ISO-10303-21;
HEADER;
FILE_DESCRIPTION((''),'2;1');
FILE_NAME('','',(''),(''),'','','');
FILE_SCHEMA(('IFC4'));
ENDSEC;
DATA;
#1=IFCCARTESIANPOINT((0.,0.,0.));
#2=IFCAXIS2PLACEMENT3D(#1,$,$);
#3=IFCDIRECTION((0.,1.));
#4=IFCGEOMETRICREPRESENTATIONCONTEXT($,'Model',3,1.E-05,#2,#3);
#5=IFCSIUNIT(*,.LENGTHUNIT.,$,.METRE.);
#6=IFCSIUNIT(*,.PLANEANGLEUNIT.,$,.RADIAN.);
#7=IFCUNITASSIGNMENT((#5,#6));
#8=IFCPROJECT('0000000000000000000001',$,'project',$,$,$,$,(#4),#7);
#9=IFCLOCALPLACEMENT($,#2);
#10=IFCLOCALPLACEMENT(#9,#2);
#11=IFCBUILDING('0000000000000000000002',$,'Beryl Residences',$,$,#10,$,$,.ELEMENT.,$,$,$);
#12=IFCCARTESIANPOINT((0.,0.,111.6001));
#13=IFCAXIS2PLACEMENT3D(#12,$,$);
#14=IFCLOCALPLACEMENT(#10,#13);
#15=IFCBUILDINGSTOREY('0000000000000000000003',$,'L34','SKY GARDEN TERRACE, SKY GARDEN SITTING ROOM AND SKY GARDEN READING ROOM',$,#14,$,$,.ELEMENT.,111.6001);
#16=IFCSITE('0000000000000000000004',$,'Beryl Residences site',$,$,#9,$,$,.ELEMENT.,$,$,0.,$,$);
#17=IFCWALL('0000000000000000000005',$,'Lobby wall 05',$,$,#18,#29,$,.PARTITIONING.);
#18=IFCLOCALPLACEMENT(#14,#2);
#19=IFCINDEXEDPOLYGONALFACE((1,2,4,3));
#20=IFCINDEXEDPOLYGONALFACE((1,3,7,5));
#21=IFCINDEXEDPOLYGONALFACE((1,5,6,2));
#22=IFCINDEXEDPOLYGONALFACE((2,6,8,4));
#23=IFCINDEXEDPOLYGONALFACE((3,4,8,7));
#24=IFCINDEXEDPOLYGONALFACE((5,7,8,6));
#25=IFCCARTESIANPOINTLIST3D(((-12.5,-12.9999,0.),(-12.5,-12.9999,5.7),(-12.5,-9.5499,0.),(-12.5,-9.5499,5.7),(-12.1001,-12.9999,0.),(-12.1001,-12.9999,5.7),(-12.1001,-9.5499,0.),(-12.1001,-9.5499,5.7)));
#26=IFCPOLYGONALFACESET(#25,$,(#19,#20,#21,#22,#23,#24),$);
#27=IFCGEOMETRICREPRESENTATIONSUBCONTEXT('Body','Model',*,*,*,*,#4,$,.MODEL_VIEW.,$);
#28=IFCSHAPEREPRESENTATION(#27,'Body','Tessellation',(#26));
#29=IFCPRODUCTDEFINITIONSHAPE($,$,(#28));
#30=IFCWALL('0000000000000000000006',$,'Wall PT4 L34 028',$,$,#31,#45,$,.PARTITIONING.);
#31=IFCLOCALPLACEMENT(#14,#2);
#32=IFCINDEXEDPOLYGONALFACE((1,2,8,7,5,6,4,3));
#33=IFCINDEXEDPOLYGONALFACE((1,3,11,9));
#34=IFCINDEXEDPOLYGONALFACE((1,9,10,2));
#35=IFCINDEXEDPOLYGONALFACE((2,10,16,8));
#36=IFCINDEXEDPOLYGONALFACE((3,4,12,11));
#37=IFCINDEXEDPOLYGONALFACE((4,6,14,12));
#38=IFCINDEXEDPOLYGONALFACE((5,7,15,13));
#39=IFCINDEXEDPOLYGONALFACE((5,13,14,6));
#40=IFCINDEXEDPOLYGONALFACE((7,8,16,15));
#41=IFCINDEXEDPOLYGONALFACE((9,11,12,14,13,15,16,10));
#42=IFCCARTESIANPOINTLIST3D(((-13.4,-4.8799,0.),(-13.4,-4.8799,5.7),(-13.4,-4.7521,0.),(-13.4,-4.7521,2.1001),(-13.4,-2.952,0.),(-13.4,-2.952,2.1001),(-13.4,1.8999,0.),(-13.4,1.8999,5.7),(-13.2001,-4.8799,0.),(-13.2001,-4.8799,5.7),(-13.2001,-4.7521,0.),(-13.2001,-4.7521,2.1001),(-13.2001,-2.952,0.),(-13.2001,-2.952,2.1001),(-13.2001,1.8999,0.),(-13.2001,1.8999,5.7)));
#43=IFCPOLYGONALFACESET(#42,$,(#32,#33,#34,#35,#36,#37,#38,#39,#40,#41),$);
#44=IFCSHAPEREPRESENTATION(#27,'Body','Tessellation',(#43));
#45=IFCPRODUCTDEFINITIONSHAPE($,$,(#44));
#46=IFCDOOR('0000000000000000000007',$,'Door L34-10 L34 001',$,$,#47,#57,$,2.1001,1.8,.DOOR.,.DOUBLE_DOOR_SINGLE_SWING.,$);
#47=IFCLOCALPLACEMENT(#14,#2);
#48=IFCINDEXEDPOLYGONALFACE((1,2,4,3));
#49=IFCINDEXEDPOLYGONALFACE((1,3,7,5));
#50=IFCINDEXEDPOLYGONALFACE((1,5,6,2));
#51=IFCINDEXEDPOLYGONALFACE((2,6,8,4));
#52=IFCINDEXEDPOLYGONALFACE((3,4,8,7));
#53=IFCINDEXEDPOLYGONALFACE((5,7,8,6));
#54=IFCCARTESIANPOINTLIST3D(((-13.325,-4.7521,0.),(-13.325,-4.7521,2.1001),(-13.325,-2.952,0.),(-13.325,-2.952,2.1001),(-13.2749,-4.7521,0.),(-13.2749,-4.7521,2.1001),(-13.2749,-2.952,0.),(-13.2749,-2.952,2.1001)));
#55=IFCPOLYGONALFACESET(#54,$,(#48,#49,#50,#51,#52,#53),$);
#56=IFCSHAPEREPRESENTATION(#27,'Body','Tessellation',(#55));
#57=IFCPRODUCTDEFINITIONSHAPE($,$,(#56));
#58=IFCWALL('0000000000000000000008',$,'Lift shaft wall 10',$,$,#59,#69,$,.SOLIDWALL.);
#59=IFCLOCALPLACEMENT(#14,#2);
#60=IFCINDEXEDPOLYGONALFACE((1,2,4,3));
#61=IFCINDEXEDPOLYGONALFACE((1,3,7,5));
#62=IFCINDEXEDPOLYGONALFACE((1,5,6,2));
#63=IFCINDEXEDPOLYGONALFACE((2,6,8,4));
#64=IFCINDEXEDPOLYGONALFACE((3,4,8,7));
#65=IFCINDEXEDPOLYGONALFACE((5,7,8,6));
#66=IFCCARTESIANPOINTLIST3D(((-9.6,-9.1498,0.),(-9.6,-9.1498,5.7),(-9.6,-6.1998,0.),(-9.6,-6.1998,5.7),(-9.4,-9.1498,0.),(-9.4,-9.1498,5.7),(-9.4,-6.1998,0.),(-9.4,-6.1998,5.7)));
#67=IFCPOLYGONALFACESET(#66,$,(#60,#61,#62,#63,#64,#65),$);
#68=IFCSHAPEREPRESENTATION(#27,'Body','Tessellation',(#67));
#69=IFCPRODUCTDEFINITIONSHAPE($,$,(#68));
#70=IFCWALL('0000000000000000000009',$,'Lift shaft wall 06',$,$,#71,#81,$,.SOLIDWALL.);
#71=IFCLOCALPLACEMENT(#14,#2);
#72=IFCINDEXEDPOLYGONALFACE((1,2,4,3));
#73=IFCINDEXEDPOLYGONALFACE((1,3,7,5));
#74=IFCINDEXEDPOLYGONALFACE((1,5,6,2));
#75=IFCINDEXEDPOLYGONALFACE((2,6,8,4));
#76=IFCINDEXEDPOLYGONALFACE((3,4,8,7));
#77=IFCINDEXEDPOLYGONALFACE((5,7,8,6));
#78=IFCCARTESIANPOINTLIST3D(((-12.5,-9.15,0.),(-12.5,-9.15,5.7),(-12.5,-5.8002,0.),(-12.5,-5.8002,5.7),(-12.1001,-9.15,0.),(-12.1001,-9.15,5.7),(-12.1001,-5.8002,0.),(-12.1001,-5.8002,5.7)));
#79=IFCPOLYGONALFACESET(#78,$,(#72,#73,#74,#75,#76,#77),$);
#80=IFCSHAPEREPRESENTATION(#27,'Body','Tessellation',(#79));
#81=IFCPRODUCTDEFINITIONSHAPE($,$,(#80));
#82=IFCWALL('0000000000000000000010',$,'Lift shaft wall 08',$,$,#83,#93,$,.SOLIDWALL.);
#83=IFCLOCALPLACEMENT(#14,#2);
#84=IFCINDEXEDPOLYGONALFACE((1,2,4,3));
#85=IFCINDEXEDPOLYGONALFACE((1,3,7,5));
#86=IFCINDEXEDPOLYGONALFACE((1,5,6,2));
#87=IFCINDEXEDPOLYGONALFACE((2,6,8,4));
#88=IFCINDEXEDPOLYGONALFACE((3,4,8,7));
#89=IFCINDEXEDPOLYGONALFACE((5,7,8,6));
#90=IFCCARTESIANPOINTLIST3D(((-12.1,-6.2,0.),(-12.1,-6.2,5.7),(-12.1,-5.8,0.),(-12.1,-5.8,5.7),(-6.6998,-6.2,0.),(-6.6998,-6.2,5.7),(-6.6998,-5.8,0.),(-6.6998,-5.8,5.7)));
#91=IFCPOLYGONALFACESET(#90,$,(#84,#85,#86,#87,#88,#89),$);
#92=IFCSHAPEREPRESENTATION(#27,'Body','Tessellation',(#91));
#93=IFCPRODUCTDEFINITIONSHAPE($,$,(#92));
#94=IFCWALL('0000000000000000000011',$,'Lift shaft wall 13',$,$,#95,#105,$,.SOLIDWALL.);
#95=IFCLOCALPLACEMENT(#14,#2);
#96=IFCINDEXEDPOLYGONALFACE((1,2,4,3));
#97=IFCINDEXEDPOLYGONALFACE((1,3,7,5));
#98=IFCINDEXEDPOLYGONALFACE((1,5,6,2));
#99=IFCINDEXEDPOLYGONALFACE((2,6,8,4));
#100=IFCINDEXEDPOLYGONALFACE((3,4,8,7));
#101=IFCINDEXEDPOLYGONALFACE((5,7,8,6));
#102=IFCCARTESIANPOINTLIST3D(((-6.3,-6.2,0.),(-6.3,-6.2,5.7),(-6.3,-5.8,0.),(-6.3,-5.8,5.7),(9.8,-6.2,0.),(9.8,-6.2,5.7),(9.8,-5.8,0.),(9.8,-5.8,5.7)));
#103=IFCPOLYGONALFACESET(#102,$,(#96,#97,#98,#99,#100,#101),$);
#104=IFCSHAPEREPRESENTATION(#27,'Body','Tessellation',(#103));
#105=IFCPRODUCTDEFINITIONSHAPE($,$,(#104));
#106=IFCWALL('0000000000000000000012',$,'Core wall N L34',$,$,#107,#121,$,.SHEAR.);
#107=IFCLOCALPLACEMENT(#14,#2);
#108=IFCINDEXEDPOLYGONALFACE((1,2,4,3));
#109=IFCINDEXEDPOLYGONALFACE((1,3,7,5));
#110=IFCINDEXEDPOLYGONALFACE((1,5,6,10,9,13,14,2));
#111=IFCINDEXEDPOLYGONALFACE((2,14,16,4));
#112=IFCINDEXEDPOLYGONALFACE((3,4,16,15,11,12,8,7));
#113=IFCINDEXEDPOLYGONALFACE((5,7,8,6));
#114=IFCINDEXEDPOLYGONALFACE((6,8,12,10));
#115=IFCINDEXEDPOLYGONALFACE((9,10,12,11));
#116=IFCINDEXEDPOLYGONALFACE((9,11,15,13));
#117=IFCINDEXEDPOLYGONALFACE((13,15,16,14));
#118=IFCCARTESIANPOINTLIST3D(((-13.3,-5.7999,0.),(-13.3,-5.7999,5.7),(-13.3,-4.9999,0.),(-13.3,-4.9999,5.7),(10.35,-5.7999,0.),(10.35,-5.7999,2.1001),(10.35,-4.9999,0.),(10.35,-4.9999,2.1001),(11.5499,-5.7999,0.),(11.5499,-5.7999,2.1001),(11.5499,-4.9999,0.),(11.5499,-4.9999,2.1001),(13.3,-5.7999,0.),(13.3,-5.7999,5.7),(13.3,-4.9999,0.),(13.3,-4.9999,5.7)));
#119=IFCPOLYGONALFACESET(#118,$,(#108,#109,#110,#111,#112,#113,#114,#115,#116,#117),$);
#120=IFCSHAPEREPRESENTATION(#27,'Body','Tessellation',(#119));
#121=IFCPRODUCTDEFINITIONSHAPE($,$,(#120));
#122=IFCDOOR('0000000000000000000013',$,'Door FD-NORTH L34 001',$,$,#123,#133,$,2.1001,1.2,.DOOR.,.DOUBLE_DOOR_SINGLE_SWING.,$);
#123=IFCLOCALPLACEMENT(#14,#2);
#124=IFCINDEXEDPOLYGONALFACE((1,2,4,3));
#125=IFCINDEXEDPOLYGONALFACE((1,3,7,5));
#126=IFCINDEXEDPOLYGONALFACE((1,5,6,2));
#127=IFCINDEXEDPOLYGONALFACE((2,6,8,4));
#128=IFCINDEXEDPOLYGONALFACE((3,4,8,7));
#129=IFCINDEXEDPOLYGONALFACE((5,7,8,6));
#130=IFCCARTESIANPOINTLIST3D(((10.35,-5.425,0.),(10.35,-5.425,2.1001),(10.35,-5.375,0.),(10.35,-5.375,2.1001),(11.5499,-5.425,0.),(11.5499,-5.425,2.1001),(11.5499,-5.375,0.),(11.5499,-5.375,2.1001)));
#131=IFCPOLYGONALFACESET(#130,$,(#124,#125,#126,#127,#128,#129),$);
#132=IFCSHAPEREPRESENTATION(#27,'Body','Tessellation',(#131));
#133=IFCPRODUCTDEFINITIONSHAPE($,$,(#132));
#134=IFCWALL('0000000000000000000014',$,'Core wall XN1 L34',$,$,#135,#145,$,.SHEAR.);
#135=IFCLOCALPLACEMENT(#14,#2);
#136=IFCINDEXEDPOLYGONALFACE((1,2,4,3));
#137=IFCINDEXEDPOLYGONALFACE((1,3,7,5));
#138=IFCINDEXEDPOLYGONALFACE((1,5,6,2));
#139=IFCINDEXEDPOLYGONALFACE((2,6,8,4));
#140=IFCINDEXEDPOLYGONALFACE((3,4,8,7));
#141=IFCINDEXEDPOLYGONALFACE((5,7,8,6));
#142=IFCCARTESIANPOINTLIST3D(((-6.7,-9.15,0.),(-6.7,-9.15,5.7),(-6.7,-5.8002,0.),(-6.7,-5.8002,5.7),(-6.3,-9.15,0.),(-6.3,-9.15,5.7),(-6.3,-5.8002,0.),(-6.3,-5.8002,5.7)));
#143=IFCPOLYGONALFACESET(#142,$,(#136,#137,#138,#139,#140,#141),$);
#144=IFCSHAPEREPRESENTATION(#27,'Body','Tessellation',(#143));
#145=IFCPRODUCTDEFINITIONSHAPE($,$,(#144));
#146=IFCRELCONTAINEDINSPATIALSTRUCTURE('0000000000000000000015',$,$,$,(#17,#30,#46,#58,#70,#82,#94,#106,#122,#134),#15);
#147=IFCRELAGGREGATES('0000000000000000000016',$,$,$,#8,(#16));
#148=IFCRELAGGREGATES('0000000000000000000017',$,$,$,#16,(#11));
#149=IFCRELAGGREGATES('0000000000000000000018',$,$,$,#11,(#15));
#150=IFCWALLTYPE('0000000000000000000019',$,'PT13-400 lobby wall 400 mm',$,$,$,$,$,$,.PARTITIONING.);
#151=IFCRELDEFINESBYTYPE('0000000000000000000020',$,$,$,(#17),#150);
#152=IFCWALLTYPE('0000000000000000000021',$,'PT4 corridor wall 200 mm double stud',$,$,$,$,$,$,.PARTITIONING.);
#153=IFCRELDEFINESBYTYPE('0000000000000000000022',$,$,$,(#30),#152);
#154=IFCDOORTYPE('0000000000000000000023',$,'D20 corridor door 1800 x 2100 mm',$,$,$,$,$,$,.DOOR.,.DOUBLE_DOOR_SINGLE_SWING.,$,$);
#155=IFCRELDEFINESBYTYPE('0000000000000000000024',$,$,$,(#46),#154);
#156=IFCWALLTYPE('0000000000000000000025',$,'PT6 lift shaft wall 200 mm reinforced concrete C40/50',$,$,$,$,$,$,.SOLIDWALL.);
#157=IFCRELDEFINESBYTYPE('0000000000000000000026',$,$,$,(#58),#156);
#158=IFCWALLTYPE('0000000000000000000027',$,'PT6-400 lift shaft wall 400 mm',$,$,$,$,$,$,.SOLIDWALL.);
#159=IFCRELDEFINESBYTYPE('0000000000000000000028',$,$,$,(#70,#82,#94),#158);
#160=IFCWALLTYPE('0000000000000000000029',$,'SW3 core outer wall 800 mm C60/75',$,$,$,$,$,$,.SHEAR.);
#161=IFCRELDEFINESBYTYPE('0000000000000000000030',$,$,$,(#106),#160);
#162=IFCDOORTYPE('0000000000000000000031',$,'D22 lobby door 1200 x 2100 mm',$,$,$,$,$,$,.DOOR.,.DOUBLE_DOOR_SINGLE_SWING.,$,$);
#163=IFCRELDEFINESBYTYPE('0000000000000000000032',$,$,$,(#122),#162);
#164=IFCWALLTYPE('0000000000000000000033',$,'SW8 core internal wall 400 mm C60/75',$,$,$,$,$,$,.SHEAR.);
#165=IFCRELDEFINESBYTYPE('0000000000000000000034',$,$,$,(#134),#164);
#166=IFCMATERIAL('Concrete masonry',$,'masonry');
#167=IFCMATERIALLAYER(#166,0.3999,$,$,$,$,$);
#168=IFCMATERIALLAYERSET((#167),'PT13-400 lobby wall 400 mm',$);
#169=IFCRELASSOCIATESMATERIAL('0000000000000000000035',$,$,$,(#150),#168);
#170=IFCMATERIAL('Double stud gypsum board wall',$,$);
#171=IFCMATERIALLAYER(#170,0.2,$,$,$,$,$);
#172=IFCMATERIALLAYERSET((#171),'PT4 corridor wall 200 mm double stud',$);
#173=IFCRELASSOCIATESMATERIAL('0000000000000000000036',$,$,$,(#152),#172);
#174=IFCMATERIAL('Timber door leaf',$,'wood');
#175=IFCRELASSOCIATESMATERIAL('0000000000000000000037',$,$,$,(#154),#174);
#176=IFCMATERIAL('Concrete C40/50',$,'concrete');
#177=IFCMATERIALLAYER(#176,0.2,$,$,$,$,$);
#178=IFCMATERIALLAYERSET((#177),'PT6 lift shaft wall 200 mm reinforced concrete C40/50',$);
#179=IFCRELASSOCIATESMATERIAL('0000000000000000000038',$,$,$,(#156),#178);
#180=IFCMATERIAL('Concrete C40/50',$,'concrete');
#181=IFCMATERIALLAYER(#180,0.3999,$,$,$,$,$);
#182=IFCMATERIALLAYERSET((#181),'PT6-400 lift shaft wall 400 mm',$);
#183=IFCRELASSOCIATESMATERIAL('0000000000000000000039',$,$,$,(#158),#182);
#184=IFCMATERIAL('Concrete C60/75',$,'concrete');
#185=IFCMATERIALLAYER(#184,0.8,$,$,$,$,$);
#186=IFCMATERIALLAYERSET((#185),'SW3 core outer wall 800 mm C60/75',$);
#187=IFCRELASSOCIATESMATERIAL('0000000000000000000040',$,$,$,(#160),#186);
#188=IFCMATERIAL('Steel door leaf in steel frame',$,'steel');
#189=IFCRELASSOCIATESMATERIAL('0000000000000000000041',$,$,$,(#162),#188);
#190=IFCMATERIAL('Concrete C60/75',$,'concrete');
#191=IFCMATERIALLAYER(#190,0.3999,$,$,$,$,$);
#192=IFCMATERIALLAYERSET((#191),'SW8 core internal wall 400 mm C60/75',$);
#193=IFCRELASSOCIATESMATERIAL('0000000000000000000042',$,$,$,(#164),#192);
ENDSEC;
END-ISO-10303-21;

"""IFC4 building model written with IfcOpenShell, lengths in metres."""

from ifc_helpers import new_model, si_unit, direction, frame, frame_2d, origin, place, context, subcontext, project, spatial, rectangle, extrude, material, layer, layer_set, type_object, element, fill, save


model = new_model("IFC4")

# Units and contexts
model_context = context("Model", 3, precision=1e-05, world=origin(), true_north=direction((0.0, 1.0)))
body_context = subcontext(model_context, "Body", "Model", "MODEL_VIEW")
ifc_project = project(units=[si_unit("LENGTHUNIT", "METRE"), si_unit("PLANEANGLEUNIT", "RADIAN")], contexts=[model_context])

# Site, building, storey
site_placement = place(None, origin())
site = spatial("IfcSite", under=ifc_project, at=site_placement, Name="Beryl Residences site", CompositionType="ELEMENT", RefElevation=0.0)
building_placement = place(site_placement, origin())
building = spatial("IfcBuilding", under=site, at=building_placement, Name="Beryl Residences", CompositionType="ELEMENT")
storey_placement = place(building_placement, frame((0.0, 0.0, 111.6001)))
storey = spatial("IfcBuildingStorey", under=building, at=storey_placement, Name="L34", Description="SKY GARDEN TERRACE, SKY GARDEN SITTING ROOM AND SKY GARDEN READING ROOM", CompositionType="ELEMENT", Elevation=111.6001)

# Wall
ifc_material_1 = material(Name="Concrete masonry", Category="masonry")
ifc_layer_1 = layer(ifc_material_1, 0.3999)
ifc_layer_set_1 = layer_set([ifc_layer_1], Name="PT13-400 lobby wall 400 mm")
wall_type_1 = type_object("IfcWallType", Name="PT13-400 lobby wall 400 mm", PredefinedType="PARTITIONING", material=ifc_layer_set_1)
wall_1_placement = place(storey_placement, frame((-12.3, -13.0, 0.0), z_axis=(0.0, 0.0, 1.0), x_axis=(0.0, 1.0, 0.0)))
element("IfcWall", 1, at=wall_1_placement, inside=storey, type_object=wall_type_1, Name="Lobby wall 05", PredefinedType="PARTITIONING", context=body_context, shape_type="SweptSolid", body=[
    extrude(rectangle(XDim=3.45, YDim=0.3999, at=frame_2d((1.7251, 0.0))), origin(), (0.0, 0.0, 1.0), 5.7),
])

# Wall, opening, door
ifc_material_2 = material(Name="Double stud gypsum board wall")
ifc_layer_2 = layer(ifc_material_2, 0.2)
ifc_layer_set_2 = layer_set([ifc_layer_2], Name="PT4 corridor wall 200 mm double stud")
wall_type_2 = type_object("IfcWallType", Name="PT4 corridor wall 200 mm double stud", PredefinedType="PARTITIONING", material=ifc_layer_set_2)
wall_2_placement = place(storey_placement, frame((-13.3, -4.8799, 0.0), z_axis=(0.0, 0.0, 1.0), x_axis=(0.0, 1.0, 0.0)))
wall_2 = element("IfcWall", 2, at=wall_2_placement, inside=storey, type_object=wall_type_2, Name="Wall PT4 L34 028", PredefinedType="PARTITIONING", context=body_context, shape_type="SweptSolid", body=[
    extrude(rectangle(XDim=6.7798, YDim=0.2, at=frame_2d((3.3899, 0.0))), origin(), (0.0, 0.0, 1.0), 5.7),
])
opening_1_placement = place(wall_2_placement, frame((0.1279, 0.0, 0.0)))
opening_1 = element("IfcOpeningElement", 3, at=opening_1_placement, cuts=wall_2, PredefinedType="OPENING", context=body_context, shape_type="SweptSolid", body=[
    extrude(rectangle(XDim=1.8, YDim=2.1001, at=frame_2d((0.8999, 1.05))), frame((0.0, 0.1099, 0.0), z_axis=(0.0, -1.0, 0.0), x_axis=(1.0, 0.0, 0.0)), (0.0, 0.0, 1.0), 0.22),
])
ifc_material_3 = material(Name="Timber door leaf", Category="wood")
door_type_1 = type_object("IfcDoorType", Name="D20 corridor door 1800 x 2100 mm", OperationType="DOUBLE_DOOR_SINGLE_SWING", PredefinedType="DOOR", material=ifc_material_3)
door_1_placement = place(opening_1_placement, origin())
door_1 = element("IfcDoor", 4, at=door_1_placement, inside=storey, type_object=door_type_1, Name="Door L34-10 L34 001", OperationType="DOUBLE_DOOR_SINGLE_SWING", OverallHeight=2.1001, OverallWidth=1.8, PredefinedType="DOOR", context=body_context, shape_type="SweptSolid", body=[
    extrude(rectangle(XDim=1.8, YDim=2.1001, at=frame_2d((0.8999, 1.05))), frame((0.0, 0.0249, 0.0), z_axis=(0.0, -1.0, 0.0), x_axis=(1.0, 0.0, 0.0)), (0.0, 0.0, 1.0), 0.05),
])
fill(opening_1, door_1)

# Walls
ifc_material_4 = material(Name="Concrete C40/50", Category="concrete")
ifc_layer_3 = layer(ifc_material_4, 0.2)
ifc_layer_set_3 = layer_set([ifc_layer_3], Name="PT6 lift shaft wall 200 mm reinforced concrete C40/50")
wall_type_3 = type_object("IfcWallType", Name="PT6 lift shaft wall 200 mm reinforced concrete C40/50", PredefinedType="SOLIDWALL", material=ifc_layer_set_3)
wall_3_placement = place(storey_placement, frame((-9.5, -9.1499, 0.0), z_axis=(0.0, 0.0, 1.0), x_axis=(0.0, 1.0, 0.0)))
element("IfcWall", 5, at=wall_3_placement, inside=storey, type_object=wall_type_3, Name="Lift shaft wall 10", PredefinedType="SOLIDWALL", context=body_context, shape_type="SweptSolid", body=[
    extrude(rectangle(XDim=2.95, YDim=0.2, at=frame_2d((1.4751, 0.0))), origin(), (0.0, 0.0, 1.0), 5.7),
])
ifc_material_5 = material(Name="Concrete C40/50", Category="concrete")
ifc_layer_4 = layer(ifc_material_5, 0.3999)
ifc_layer_set_4 = layer_set([ifc_layer_4], Name="PT6-400 lift shaft wall 400 mm")
wall_type_4 = type_object("IfcWallType", Name="PT6-400 lift shaft wall 400 mm", PredefinedType="SOLIDWALL", material=ifc_layer_set_4)
wall_4_placement = place(storey_placement, frame((-12.3, -9.1499, 0.0), z_axis=(0.0, 0.0, 1.0), x_axis=(0.0, 1.0, 0.0)))
element("IfcWall", 6, at=wall_4_placement, inside=storey, type_object=wall_type_4, Name="Lift shaft wall 06", PredefinedType="SOLIDWALL", context=body_context, shape_type="SweptSolid", body=[
    extrude(rectangle(XDim=3.3499, YDim=0.3999, at=frame_2d((1.6748, 0.0))), origin(), (0.0, 0.0, 1.0), 5.7),
])
wall_5_placement = place(storey_placement, frame((-12.1001, -6.0, 0.0), z_axis=(0.0, 0.0, 1.0), x_axis=(1.0, 0.0, 0.0)))
element("IfcWall", 7, at=wall_5_placement, inside=storey, type_object=wall_type_4, Name="Lift shaft wall 08", PredefinedType="SOLIDWALL", context=body_context, shape_type="SweptSolid", body=[
    extrude(rectangle(XDim=5.4001, YDim=0.3999, at=frame_2d((2.7002, 0.0))), origin(), (0.0, 0.0, 1.0), 5.7),
])
wall_6_placement = place(storey_placement, frame((-6.3, -6.0, 0.0), z_axis=(0.0, 0.0, 1.0), x_axis=(1.0, 0.0, 0.0)))
element("IfcWall", 8, at=wall_6_placement, inside=storey, type_object=wall_type_4, Name="Lift shaft wall 13", PredefinedType="SOLIDWALL", context=body_context, shape_type="SweptSolid", body=[
    extrude(rectangle(XDim=16.1001, YDim=0.3999, at=frame_2d((8.05, 0.0))), origin(), (0.0, 0.0, 1.0), 5.7),
])

# Wall, opening, door
ifc_material_6 = material(Name="Concrete C60/75", Category="concrete")
ifc_layer_5 = layer(ifc_material_6, 0.8)
ifc_layer_set_5 = layer_set([ifc_layer_5], Name="SW3 core outer wall 800 mm C60/75")
wall_type_5 = type_object("IfcWallType", Name="SW3 core outer wall 800 mm C60/75", PredefinedType="SHEAR", material=ifc_layer_set_5)
wall_7_placement = place(storey_placement, frame((-13.3, -5.3999, 0.0), z_axis=(0.0, 0.0, 1.0), x_axis=(1.0, 0.0, 0.0)))
wall_7 = element("IfcWall", 9, at=wall_7_placement, inside=storey, type_object=wall_type_5, Name="Core wall N L34", PredefinedType="SHEAR", context=body_context, shape_type="SweptSolid", body=[
    extrude(rectangle(XDim=26.6001, YDim=0.8, at=frame_2d((13.3, 0.0))), origin(), (0.0, 0.0, 1.0), 5.7),
])
opening_2_placement = place(wall_7_placement, frame((23.6499, 0.0, 0.0)))
opening_2 = element("IfcOpeningElement", 10, at=opening_2_placement, cuts=wall_7, PredefinedType="OPENING", context=body_context, shape_type="SweptSolid", body=[
    extrude(rectangle(XDim=1.2, YDim=2.1001, at=frame_2d((0.6001, 1.05))), frame((0.0, 0.4099, 0.0), z_axis=(0.0, -1.0, 0.0), x_axis=(1.0, 0.0, 0.0)), (0.0, 0.0, 1.0), 0.8201),
])
ifc_material_7 = material(Name="Steel door leaf in steel frame", Category="steel")
door_type_2 = type_object("IfcDoorType", Name="D22 lobby door 1200 x 2100 mm", OperationType="DOUBLE_DOOR_SINGLE_SWING", PredefinedType="DOOR", material=ifc_material_7)
door_2_placement = place(opening_2_placement, origin())
door_2 = element("IfcDoor", 11, at=door_2_placement, inside=storey, type_object=door_type_2, Name="Door FD-NORTH L34 001", OperationType="DOUBLE_DOOR_SINGLE_SWING", OverallHeight=2.1001, OverallWidth=1.2, PredefinedType="DOOR", context=body_context, shape_type="SweptSolid", body=[
    extrude(rectangle(XDim=1.2, YDim=2.1001, at=frame_2d((0.6001, 1.05))), frame((0.0, 0.0249, 0.0), z_axis=(0.0, -1.0, 0.0), x_axis=(1.0, 0.0, 0.0)), (0.0, 0.0, 1.0), 0.05),
])
fill(opening_2, door_2)

# Shared definitions
ifc_material_8 = material(Name="Concrete C60/75", Category="concrete")
ifc_layer_6 = layer(ifc_material_8, 0.3999)
ifc_layer_set_6 = layer_set([ifc_layer_6], Name="SW8 core internal wall 400 mm C60/75")
wall_type_6 = type_object("IfcWallType", Name="SW8 core internal wall 400 mm C60/75", PredefinedType="SHEAR", material=ifc_layer_set_6)

# Wall
wall_8_placement = place(storey_placement, frame((-6.5, -9.1499, 0.0), z_axis=(0.0, 0.0, 1.0), x_axis=(0.0, 1.0, 0.0)))
element("IfcWall", 12, at=wall_8_placement, inside=storey, type_object=wall_type_6, Name="Core wall XN1 L34", PredefinedType="SHEAR", context=body_context, shape_type="SweptSolid", body=[
    extrude(rectangle(XDim=3.3499, YDim=0.3999, at=frame_2d((1.6748, 0.0))), origin(), (0.0, 0.0, 1.0), 5.7),
])

save(model, "model.ifc")
